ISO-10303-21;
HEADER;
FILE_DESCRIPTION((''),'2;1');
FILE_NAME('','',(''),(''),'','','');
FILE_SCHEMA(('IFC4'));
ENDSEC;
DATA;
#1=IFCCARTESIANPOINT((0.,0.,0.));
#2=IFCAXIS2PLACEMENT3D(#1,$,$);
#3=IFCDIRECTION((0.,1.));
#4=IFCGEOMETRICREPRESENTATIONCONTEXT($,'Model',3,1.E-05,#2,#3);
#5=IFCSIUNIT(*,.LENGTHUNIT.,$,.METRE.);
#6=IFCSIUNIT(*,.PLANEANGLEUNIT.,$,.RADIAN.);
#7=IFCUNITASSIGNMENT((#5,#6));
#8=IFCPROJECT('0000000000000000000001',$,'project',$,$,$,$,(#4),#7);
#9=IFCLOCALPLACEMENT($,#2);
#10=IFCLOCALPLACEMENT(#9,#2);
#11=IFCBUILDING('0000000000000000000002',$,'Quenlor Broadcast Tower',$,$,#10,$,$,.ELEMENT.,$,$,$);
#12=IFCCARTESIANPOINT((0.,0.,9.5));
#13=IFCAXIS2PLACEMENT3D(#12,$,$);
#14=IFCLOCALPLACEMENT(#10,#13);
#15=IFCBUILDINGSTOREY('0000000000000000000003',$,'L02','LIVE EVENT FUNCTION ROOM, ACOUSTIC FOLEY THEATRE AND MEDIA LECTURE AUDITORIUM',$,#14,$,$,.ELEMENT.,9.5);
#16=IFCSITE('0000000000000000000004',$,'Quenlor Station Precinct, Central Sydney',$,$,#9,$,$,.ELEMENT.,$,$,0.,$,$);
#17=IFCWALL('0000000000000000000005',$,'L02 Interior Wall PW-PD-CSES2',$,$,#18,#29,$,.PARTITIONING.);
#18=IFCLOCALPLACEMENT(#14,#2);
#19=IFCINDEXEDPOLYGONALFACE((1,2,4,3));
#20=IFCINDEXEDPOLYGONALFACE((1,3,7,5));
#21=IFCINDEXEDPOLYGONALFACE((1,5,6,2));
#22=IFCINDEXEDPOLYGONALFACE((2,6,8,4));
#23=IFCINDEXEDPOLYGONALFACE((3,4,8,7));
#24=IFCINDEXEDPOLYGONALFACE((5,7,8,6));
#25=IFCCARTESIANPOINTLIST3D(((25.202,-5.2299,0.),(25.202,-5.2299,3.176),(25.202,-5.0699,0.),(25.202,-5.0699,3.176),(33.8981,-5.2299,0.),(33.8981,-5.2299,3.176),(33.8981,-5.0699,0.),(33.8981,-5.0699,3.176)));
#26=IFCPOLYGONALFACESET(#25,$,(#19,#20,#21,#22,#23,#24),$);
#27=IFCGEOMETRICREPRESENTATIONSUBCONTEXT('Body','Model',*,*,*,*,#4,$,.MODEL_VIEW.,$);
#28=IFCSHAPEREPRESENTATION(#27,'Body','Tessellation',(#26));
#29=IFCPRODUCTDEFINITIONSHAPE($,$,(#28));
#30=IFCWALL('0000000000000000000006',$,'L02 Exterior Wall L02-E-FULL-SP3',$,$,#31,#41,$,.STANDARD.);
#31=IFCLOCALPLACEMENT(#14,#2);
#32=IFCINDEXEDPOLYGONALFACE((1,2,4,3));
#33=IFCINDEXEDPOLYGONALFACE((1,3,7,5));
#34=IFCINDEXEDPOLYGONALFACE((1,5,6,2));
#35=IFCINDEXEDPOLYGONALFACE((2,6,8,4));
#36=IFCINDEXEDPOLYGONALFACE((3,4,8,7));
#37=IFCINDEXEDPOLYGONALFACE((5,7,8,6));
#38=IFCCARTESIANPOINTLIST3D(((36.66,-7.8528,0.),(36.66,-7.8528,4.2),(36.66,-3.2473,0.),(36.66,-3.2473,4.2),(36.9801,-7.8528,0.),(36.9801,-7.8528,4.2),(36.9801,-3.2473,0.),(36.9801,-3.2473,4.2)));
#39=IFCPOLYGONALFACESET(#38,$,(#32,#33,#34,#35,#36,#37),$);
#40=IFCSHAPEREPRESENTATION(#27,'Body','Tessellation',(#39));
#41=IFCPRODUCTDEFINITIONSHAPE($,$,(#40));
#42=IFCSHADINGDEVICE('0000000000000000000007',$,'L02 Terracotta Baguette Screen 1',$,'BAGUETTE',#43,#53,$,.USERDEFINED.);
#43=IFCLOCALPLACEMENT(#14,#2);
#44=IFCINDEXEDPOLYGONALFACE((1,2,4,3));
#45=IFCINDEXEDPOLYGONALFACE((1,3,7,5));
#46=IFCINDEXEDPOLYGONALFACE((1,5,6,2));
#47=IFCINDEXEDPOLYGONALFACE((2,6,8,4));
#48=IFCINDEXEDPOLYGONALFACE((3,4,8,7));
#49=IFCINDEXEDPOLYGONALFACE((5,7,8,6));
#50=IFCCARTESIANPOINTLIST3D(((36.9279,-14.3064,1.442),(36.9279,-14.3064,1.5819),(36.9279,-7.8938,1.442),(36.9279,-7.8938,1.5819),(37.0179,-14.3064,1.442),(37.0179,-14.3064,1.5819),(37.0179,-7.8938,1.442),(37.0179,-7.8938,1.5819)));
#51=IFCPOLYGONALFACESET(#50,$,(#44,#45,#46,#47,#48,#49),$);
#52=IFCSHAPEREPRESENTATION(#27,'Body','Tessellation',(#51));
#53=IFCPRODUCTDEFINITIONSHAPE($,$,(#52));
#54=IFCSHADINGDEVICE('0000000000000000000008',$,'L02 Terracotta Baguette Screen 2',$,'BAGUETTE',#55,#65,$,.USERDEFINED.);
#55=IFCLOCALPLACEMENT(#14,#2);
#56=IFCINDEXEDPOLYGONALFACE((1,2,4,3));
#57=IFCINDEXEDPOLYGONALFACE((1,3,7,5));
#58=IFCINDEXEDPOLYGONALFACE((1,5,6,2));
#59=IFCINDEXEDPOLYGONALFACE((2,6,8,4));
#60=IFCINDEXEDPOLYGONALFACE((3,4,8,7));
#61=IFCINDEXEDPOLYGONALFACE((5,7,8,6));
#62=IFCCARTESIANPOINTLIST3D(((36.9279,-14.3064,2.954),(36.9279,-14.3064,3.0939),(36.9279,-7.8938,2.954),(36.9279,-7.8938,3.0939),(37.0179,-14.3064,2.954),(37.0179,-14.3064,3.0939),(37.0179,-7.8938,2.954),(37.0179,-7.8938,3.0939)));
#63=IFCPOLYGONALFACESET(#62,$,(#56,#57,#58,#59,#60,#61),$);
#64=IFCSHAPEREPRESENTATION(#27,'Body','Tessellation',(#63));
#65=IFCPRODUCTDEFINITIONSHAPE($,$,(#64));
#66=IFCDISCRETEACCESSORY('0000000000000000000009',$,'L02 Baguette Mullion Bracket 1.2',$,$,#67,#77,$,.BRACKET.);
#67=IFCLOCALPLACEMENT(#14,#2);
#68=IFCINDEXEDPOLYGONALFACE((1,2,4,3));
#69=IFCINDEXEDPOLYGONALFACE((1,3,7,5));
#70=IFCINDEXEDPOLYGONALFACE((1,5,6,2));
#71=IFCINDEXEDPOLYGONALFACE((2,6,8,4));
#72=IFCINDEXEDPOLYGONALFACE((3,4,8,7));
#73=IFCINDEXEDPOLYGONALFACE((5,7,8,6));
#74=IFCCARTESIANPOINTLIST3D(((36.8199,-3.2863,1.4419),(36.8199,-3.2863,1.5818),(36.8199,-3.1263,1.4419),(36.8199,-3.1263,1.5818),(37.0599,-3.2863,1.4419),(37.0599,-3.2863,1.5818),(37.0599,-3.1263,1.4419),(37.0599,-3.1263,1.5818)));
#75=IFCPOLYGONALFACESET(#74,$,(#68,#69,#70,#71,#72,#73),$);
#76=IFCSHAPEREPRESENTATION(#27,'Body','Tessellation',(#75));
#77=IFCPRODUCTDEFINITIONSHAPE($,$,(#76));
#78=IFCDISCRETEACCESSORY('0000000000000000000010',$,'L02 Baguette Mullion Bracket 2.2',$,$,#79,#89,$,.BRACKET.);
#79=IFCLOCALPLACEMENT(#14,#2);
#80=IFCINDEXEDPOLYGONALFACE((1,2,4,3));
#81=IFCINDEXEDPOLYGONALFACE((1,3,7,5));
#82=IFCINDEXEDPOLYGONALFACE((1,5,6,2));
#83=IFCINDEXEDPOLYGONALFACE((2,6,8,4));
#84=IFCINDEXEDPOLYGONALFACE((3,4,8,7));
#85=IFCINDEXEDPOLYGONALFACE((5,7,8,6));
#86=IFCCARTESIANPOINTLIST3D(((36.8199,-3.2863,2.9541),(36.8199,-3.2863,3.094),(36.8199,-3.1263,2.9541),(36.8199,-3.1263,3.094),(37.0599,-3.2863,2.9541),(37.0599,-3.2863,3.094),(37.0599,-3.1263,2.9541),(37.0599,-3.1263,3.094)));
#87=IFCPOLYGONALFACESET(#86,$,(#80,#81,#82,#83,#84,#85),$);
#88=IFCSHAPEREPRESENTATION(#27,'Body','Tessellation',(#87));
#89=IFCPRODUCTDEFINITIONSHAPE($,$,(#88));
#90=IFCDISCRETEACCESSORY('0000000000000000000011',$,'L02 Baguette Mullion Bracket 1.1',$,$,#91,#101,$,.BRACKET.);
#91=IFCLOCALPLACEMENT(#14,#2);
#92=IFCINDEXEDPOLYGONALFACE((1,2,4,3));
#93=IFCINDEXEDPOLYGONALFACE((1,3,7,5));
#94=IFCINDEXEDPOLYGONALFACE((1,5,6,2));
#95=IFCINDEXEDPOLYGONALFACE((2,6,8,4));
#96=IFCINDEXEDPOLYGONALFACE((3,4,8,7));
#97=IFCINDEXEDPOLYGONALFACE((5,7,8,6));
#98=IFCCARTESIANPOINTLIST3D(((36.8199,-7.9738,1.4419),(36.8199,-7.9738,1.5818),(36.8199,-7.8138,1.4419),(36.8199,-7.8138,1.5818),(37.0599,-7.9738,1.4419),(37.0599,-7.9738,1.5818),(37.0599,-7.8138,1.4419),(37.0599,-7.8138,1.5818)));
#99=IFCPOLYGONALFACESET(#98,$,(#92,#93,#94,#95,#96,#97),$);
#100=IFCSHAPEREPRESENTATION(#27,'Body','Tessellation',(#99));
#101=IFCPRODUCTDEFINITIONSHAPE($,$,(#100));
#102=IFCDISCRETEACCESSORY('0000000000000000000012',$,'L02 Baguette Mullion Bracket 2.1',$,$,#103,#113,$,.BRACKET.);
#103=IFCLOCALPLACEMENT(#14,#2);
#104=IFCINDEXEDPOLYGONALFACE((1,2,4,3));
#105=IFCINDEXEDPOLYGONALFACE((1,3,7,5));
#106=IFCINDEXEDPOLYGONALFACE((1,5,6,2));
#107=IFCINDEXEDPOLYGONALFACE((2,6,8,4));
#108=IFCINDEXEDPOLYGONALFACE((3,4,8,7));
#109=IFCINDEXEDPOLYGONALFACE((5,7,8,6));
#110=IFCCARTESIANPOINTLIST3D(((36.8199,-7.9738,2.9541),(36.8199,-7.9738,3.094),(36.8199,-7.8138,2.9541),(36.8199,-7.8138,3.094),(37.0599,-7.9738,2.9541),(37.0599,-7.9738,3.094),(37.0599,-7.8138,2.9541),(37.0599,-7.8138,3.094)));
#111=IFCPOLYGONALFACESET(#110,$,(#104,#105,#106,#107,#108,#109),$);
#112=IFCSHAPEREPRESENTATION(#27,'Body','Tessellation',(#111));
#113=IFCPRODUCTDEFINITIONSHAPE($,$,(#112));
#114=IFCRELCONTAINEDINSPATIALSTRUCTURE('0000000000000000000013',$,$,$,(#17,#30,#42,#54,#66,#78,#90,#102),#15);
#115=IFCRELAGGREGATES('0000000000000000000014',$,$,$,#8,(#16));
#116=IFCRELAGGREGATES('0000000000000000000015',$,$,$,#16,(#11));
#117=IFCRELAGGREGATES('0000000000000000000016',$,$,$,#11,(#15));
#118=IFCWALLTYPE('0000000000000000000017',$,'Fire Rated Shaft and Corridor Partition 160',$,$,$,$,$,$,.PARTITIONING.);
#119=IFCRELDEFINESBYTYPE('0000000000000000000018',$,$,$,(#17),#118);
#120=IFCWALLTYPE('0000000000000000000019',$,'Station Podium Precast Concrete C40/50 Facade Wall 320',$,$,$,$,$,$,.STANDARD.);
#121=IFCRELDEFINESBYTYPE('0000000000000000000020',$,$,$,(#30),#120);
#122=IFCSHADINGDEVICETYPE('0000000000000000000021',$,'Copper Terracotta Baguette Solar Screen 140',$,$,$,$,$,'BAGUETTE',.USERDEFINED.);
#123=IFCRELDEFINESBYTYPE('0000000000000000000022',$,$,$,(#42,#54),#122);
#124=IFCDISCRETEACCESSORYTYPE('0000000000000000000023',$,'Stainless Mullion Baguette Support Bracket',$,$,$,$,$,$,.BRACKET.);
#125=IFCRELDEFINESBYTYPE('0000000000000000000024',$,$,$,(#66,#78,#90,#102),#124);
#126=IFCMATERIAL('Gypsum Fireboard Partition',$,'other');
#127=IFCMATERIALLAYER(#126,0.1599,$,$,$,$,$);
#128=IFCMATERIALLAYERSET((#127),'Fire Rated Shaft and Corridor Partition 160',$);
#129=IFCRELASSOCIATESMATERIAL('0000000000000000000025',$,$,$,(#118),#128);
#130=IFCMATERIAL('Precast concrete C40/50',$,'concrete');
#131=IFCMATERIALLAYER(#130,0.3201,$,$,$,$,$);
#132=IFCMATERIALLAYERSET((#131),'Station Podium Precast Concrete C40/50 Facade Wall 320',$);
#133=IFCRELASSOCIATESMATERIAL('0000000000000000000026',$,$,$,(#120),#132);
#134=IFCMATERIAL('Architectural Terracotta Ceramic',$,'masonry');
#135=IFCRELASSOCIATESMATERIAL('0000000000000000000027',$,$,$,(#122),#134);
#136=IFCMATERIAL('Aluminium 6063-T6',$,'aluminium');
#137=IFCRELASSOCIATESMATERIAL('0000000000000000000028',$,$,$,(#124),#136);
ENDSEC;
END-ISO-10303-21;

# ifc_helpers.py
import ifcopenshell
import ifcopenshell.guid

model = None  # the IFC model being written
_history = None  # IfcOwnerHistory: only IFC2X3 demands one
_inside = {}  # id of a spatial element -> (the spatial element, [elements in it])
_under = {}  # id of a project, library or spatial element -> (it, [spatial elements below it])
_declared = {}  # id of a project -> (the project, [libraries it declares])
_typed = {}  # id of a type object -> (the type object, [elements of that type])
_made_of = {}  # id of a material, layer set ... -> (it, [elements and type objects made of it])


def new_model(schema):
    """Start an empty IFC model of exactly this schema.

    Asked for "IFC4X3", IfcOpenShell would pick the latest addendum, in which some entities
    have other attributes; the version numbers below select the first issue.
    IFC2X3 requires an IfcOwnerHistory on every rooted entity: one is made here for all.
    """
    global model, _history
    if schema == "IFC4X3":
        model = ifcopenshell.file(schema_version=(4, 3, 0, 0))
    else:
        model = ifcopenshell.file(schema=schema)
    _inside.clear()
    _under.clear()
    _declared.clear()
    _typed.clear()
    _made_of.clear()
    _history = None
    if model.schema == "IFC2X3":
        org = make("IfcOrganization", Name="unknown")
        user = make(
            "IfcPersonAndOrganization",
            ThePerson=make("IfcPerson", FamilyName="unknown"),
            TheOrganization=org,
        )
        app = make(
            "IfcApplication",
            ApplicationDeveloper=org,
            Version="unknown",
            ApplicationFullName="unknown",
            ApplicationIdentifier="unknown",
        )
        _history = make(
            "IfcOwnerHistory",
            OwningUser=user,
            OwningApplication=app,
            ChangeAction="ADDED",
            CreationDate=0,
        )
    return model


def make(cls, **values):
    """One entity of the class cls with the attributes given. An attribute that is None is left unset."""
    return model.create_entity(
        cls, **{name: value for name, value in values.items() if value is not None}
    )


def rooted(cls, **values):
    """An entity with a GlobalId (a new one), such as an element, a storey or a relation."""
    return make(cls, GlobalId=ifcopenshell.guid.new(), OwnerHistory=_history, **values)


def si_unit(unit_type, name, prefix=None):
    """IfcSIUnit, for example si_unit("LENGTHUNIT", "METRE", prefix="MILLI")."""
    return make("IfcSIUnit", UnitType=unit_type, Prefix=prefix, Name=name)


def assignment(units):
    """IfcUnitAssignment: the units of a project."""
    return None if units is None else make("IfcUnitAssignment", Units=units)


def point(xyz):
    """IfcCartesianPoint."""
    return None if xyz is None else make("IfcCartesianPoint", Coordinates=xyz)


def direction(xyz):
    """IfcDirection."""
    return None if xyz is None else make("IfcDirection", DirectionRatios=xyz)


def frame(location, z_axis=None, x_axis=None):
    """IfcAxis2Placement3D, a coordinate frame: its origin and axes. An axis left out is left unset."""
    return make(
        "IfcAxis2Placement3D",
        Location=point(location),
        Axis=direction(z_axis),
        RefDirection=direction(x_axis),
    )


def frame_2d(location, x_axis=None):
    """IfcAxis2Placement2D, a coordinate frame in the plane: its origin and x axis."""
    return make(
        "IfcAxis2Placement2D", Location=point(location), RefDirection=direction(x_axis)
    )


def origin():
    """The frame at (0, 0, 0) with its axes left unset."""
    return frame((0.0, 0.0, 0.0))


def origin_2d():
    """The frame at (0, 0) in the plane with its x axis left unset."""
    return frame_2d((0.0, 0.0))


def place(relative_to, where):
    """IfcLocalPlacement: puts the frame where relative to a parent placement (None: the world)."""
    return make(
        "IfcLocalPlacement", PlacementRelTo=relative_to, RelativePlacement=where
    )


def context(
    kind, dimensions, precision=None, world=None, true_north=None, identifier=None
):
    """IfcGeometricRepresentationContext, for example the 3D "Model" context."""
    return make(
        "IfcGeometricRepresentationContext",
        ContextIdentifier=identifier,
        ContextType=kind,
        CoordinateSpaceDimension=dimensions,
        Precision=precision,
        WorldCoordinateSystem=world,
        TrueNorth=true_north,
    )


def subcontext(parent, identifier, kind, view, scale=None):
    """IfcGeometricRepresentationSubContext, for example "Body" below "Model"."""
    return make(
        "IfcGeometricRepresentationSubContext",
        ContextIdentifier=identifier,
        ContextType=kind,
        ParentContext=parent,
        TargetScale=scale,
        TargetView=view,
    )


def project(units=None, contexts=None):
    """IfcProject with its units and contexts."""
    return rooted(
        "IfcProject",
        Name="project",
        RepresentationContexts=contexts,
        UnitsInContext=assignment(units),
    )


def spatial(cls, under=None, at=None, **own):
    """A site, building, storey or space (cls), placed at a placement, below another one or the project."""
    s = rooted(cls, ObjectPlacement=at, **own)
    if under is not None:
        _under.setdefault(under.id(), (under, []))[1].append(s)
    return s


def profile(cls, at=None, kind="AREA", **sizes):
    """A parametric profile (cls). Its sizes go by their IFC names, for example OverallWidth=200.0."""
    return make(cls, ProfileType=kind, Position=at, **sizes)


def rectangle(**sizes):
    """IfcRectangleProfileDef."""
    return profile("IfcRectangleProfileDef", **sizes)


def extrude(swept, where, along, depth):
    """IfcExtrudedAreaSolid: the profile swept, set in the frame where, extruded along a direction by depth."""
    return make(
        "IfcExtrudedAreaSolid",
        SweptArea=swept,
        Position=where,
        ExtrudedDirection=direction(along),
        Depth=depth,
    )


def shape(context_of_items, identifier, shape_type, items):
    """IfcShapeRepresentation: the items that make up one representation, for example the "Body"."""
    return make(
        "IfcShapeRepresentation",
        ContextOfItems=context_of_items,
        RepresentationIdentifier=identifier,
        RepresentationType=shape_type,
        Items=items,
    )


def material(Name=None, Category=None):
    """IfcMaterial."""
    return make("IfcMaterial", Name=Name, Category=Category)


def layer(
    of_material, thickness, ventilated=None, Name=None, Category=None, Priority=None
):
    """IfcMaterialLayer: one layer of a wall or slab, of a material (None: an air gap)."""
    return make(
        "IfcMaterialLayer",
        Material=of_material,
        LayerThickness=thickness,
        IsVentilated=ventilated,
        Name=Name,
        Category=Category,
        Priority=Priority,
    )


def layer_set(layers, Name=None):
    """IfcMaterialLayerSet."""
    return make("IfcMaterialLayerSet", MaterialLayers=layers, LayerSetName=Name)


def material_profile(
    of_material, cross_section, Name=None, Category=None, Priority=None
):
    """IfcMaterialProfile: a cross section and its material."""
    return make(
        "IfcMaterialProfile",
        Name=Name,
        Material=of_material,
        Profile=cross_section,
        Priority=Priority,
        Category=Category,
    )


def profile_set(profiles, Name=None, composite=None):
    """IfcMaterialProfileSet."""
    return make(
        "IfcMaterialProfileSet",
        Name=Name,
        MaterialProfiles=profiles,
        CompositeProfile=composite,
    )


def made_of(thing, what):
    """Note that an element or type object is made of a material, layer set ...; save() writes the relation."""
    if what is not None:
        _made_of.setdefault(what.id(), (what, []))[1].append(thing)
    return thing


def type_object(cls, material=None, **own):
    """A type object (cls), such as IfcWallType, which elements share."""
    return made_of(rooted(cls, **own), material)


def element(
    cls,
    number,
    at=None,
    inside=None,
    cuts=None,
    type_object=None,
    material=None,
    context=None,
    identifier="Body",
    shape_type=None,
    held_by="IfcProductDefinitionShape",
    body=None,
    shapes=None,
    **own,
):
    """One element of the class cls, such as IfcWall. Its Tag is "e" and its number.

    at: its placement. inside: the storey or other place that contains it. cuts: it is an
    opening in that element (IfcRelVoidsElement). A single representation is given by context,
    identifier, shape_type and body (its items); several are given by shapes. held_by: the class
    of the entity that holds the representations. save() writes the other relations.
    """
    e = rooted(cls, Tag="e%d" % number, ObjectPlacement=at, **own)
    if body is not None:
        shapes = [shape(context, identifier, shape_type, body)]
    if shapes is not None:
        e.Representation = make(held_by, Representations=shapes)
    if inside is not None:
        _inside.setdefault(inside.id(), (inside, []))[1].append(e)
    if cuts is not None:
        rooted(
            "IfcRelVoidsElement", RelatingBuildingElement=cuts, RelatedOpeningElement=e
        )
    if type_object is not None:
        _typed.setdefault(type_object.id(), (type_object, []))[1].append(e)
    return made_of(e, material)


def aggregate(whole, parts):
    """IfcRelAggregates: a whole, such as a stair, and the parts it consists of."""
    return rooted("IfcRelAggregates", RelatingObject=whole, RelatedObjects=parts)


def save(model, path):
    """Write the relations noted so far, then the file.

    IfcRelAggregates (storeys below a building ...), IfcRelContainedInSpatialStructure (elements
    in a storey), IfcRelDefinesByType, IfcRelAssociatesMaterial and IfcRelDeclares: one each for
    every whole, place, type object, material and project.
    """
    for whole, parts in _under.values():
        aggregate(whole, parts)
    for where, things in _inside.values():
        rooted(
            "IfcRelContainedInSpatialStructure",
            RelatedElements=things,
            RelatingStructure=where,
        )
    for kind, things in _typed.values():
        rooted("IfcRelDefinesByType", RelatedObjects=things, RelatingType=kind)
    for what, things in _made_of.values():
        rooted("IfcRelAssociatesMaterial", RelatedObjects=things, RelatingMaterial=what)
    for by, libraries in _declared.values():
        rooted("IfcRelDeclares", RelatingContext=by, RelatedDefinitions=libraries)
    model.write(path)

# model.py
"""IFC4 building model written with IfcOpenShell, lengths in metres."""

from ifc_helpers import new_model, si_unit, direction, frame, frame_2d, origin, origin_2d, place, context, subcontext, project, spatial, rectangle, extrude, material, layer, layer_set, material_profile, profile_set, type_object, element, save


model = new_model("IFC4")

# Units and contexts
model_context = context("Model", 3, precision=1e-05, world=origin(), true_north=direction((0.0, 1.0)))
body_context = subcontext(model_context, "Body", "Model", "MODEL_VIEW")
ifc_project = project(units=[si_unit("LENGTHUNIT", "METRE"), si_unit("PLANEANGLEUNIT", "RADIAN")], contexts=[model_context])

# Site, building, storey
site_placement = place(None, origin())
site = spatial("IfcSite", under=ifc_project, at=site_placement, Name="Quenlor Station Precinct, Central Sydney", CompositionType="ELEMENT", RefElevation=0.0)
building_placement = place(site_placement, origin())
building = spatial("IfcBuilding", under=site, at=building_placement, Name="Quenlor Broadcast Tower", CompositionType="ELEMENT")
storey_placement = place(building_placement, frame((0.0, 0.0, 9.5)))
storey = spatial("IfcBuildingStorey", under=building, at=storey_placement, Name="L02", Description="LIVE EVENT FUNCTION ROOM, ACOUSTIC FOLEY THEATRE AND MEDIA LECTURE AUDITORIUM", CompositionType="ELEMENT", Elevation=9.5)

# Walls
ifc_material_1 = material(Name="Gypsum Fireboard Partition", Category="other")
ifc_layer_1 = layer(ifc_material_1, 0.1599)
ifc_layer_set_1 = layer_set([ifc_layer_1], Name="Fire Rated Shaft and Corridor Partition 160")
wall_type_1 = type_object("IfcWallType", Name="Fire Rated Shaft and Corridor Partition 160", PredefinedType="PARTITIONING", material=ifc_layer_set_1)
wall_1_placement = place(storey_placement, frame((25.2019, -5.1499, 0.0), z_axis=(0.0, 0.0, 1.0), x_axis=(1.0, 0.0, 0.0)))
element("IfcWall", 1, at=wall_1_placement, inside=storey, type_object=wall_type_1, Name="L02 Interior Wall PW-PD-CSES2", PredefinedType="PARTITIONING", context=body_context, shape_type="SweptSolid", body=[
    extrude(rectangle(XDim=8.696, YDim=0.1599, at=frame_2d((4.3481, 0.0))), origin(), (0.0, 0.0, 1.0), 3.176),
])
ifc_material_2 = material(Name="Precast concrete C40/50", Category="concrete")
ifc_layer_2 = layer(ifc_material_2, 0.3201)
ifc_layer_set_2 = layer_set([ifc_layer_2], Name="Station Podium Precast Concrete C40/50 Facade Wall 320")
wall_type_2 = type_object("IfcWallType", Name="Station Podium Precast Concrete C40/50 Facade Wall 320", PredefinedType="STANDARD", material=ifc_layer_set_2)
wall_2_placement = place(storey_placement, frame((36.8201, -3.2473, 0.0), z_axis=(0.0, 0.0, 1.0), x_axis=(0.0, -1.0, 0.0)))
element("IfcWall", 2, at=wall_2_placement, inside=storey, type_object=wall_type_2, Name="L02 Exterior Wall L02-E-FULL-SP3", PredefinedType="STANDARD", context=body_context, shape_type="SweptSolid", body=[
    extrude(rectangle(XDim=4.6055, YDim=0.3201, at=frame_2d((2.3027, 0.0))), origin(), (0.0, 0.0, 1.0), 4.2),
])

# Shading devices
ifc_material_3 = material(Name="Architectural Terracotta Ceramic", Category="masonry")
ifc_material_profile_1 = material_profile(ifc_material_3, rectangle(XDim=0.0901, YDim=0.1399, at=origin_2d()))
ifc_profile_set_1 = profile_set([ifc_material_profile_1], Name="Architectural Terracotta Ceramic BAG90x140")
shading_device_type = type_object("IfcShadingDeviceType", Name="Copper Terracotta Baguette Solar Screen 140", ElementType="BAGUETTE", PredefinedType="USERDEFINED", material=ifc_profile_set_1)
for number, where, z_axis, x_axis, name in (
    (3, (36.9729, -7.8938, 1.512), (0.0, -1.0, 0.0), (1.0, 0.0, 0.0), "L02 Terracotta Baguette Screen 1"),
    (4, (36.9729, -7.8938, 3.0239), (0.0, -1.0, 0.0), (1.0, 0.0, 0.0), "L02 Terracotta Baguette Screen 2"),
):
    element("IfcShadingDevice", number, at=place(storey_placement, frame(where, z_axis=z_axis, x_axis=x_axis)), inside=storey, type_object=shading_device_type, Name=name, ObjectType="BAGUETTE", PredefinedType="USERDEFINED", context=body_context, shape_type="SweptSolid", body=[
        extrude(rectangle(XDim=0.0901, YDim=0.1399, at=origin_2d()), origin(), (0.0, 0.0, 1.0), 6.4126),
    ])

# Discrete accessories
ifc_material_4 = material(Name="Aluminium 6063-T6", Category="aluminium")
discrete_accessory_type = type_object("IfcDiscreteAccessoryType", Name="Stainless Mullion Baguette Support Bracket", PredefinedType="BRACKET", material=ifc_material_4)
for number, where, z_axis, x_axis, name in (
    (5, (36.9399, -3.2063, 1.4419), (0.0, 0.0, 1.0), (0.0, -1.0, 0.0), "L02 Baguette Mullion Bracket 1.2"),
    (6, (36.9399, -3.2063, 2.9541), (0.0, 0.0, 1.0), (0.0, -1.0, 0.0), "L02 Baguette Mullion Bracket 2.2"),
    (7, (36.9399, -7.8938, 1.4419), (0.0, 0.0, 1.0), (0.0, -1.0, 0.0), "L02 Baguette Mullion Bracket 1.1"),
    (8, (36.9399, -7.8938, 2.9541), (0.0, 0.0, 1.0), (0.0, -1.0, 0.0), "L02 Baguette Mullion Bracket 2.1"),
):
    element("IfcDiscreteAccessory", number, at=place(storey_placement, frame(where, z_axis=z_axis, x_axis=x_axis)), inside=storey, type_object=discrete_accessory_type, Name=name, PredefinedType="BRACKET", context=body_context, shape_type="SweptSolid", body=[
        extrude(rectangle(XDim=0.1599, YDim=0.24, at=origin_2d()), origin(), (0.0, 0.0, 1.0), 0.1399),
    ])

save(model, "model.ifc")
